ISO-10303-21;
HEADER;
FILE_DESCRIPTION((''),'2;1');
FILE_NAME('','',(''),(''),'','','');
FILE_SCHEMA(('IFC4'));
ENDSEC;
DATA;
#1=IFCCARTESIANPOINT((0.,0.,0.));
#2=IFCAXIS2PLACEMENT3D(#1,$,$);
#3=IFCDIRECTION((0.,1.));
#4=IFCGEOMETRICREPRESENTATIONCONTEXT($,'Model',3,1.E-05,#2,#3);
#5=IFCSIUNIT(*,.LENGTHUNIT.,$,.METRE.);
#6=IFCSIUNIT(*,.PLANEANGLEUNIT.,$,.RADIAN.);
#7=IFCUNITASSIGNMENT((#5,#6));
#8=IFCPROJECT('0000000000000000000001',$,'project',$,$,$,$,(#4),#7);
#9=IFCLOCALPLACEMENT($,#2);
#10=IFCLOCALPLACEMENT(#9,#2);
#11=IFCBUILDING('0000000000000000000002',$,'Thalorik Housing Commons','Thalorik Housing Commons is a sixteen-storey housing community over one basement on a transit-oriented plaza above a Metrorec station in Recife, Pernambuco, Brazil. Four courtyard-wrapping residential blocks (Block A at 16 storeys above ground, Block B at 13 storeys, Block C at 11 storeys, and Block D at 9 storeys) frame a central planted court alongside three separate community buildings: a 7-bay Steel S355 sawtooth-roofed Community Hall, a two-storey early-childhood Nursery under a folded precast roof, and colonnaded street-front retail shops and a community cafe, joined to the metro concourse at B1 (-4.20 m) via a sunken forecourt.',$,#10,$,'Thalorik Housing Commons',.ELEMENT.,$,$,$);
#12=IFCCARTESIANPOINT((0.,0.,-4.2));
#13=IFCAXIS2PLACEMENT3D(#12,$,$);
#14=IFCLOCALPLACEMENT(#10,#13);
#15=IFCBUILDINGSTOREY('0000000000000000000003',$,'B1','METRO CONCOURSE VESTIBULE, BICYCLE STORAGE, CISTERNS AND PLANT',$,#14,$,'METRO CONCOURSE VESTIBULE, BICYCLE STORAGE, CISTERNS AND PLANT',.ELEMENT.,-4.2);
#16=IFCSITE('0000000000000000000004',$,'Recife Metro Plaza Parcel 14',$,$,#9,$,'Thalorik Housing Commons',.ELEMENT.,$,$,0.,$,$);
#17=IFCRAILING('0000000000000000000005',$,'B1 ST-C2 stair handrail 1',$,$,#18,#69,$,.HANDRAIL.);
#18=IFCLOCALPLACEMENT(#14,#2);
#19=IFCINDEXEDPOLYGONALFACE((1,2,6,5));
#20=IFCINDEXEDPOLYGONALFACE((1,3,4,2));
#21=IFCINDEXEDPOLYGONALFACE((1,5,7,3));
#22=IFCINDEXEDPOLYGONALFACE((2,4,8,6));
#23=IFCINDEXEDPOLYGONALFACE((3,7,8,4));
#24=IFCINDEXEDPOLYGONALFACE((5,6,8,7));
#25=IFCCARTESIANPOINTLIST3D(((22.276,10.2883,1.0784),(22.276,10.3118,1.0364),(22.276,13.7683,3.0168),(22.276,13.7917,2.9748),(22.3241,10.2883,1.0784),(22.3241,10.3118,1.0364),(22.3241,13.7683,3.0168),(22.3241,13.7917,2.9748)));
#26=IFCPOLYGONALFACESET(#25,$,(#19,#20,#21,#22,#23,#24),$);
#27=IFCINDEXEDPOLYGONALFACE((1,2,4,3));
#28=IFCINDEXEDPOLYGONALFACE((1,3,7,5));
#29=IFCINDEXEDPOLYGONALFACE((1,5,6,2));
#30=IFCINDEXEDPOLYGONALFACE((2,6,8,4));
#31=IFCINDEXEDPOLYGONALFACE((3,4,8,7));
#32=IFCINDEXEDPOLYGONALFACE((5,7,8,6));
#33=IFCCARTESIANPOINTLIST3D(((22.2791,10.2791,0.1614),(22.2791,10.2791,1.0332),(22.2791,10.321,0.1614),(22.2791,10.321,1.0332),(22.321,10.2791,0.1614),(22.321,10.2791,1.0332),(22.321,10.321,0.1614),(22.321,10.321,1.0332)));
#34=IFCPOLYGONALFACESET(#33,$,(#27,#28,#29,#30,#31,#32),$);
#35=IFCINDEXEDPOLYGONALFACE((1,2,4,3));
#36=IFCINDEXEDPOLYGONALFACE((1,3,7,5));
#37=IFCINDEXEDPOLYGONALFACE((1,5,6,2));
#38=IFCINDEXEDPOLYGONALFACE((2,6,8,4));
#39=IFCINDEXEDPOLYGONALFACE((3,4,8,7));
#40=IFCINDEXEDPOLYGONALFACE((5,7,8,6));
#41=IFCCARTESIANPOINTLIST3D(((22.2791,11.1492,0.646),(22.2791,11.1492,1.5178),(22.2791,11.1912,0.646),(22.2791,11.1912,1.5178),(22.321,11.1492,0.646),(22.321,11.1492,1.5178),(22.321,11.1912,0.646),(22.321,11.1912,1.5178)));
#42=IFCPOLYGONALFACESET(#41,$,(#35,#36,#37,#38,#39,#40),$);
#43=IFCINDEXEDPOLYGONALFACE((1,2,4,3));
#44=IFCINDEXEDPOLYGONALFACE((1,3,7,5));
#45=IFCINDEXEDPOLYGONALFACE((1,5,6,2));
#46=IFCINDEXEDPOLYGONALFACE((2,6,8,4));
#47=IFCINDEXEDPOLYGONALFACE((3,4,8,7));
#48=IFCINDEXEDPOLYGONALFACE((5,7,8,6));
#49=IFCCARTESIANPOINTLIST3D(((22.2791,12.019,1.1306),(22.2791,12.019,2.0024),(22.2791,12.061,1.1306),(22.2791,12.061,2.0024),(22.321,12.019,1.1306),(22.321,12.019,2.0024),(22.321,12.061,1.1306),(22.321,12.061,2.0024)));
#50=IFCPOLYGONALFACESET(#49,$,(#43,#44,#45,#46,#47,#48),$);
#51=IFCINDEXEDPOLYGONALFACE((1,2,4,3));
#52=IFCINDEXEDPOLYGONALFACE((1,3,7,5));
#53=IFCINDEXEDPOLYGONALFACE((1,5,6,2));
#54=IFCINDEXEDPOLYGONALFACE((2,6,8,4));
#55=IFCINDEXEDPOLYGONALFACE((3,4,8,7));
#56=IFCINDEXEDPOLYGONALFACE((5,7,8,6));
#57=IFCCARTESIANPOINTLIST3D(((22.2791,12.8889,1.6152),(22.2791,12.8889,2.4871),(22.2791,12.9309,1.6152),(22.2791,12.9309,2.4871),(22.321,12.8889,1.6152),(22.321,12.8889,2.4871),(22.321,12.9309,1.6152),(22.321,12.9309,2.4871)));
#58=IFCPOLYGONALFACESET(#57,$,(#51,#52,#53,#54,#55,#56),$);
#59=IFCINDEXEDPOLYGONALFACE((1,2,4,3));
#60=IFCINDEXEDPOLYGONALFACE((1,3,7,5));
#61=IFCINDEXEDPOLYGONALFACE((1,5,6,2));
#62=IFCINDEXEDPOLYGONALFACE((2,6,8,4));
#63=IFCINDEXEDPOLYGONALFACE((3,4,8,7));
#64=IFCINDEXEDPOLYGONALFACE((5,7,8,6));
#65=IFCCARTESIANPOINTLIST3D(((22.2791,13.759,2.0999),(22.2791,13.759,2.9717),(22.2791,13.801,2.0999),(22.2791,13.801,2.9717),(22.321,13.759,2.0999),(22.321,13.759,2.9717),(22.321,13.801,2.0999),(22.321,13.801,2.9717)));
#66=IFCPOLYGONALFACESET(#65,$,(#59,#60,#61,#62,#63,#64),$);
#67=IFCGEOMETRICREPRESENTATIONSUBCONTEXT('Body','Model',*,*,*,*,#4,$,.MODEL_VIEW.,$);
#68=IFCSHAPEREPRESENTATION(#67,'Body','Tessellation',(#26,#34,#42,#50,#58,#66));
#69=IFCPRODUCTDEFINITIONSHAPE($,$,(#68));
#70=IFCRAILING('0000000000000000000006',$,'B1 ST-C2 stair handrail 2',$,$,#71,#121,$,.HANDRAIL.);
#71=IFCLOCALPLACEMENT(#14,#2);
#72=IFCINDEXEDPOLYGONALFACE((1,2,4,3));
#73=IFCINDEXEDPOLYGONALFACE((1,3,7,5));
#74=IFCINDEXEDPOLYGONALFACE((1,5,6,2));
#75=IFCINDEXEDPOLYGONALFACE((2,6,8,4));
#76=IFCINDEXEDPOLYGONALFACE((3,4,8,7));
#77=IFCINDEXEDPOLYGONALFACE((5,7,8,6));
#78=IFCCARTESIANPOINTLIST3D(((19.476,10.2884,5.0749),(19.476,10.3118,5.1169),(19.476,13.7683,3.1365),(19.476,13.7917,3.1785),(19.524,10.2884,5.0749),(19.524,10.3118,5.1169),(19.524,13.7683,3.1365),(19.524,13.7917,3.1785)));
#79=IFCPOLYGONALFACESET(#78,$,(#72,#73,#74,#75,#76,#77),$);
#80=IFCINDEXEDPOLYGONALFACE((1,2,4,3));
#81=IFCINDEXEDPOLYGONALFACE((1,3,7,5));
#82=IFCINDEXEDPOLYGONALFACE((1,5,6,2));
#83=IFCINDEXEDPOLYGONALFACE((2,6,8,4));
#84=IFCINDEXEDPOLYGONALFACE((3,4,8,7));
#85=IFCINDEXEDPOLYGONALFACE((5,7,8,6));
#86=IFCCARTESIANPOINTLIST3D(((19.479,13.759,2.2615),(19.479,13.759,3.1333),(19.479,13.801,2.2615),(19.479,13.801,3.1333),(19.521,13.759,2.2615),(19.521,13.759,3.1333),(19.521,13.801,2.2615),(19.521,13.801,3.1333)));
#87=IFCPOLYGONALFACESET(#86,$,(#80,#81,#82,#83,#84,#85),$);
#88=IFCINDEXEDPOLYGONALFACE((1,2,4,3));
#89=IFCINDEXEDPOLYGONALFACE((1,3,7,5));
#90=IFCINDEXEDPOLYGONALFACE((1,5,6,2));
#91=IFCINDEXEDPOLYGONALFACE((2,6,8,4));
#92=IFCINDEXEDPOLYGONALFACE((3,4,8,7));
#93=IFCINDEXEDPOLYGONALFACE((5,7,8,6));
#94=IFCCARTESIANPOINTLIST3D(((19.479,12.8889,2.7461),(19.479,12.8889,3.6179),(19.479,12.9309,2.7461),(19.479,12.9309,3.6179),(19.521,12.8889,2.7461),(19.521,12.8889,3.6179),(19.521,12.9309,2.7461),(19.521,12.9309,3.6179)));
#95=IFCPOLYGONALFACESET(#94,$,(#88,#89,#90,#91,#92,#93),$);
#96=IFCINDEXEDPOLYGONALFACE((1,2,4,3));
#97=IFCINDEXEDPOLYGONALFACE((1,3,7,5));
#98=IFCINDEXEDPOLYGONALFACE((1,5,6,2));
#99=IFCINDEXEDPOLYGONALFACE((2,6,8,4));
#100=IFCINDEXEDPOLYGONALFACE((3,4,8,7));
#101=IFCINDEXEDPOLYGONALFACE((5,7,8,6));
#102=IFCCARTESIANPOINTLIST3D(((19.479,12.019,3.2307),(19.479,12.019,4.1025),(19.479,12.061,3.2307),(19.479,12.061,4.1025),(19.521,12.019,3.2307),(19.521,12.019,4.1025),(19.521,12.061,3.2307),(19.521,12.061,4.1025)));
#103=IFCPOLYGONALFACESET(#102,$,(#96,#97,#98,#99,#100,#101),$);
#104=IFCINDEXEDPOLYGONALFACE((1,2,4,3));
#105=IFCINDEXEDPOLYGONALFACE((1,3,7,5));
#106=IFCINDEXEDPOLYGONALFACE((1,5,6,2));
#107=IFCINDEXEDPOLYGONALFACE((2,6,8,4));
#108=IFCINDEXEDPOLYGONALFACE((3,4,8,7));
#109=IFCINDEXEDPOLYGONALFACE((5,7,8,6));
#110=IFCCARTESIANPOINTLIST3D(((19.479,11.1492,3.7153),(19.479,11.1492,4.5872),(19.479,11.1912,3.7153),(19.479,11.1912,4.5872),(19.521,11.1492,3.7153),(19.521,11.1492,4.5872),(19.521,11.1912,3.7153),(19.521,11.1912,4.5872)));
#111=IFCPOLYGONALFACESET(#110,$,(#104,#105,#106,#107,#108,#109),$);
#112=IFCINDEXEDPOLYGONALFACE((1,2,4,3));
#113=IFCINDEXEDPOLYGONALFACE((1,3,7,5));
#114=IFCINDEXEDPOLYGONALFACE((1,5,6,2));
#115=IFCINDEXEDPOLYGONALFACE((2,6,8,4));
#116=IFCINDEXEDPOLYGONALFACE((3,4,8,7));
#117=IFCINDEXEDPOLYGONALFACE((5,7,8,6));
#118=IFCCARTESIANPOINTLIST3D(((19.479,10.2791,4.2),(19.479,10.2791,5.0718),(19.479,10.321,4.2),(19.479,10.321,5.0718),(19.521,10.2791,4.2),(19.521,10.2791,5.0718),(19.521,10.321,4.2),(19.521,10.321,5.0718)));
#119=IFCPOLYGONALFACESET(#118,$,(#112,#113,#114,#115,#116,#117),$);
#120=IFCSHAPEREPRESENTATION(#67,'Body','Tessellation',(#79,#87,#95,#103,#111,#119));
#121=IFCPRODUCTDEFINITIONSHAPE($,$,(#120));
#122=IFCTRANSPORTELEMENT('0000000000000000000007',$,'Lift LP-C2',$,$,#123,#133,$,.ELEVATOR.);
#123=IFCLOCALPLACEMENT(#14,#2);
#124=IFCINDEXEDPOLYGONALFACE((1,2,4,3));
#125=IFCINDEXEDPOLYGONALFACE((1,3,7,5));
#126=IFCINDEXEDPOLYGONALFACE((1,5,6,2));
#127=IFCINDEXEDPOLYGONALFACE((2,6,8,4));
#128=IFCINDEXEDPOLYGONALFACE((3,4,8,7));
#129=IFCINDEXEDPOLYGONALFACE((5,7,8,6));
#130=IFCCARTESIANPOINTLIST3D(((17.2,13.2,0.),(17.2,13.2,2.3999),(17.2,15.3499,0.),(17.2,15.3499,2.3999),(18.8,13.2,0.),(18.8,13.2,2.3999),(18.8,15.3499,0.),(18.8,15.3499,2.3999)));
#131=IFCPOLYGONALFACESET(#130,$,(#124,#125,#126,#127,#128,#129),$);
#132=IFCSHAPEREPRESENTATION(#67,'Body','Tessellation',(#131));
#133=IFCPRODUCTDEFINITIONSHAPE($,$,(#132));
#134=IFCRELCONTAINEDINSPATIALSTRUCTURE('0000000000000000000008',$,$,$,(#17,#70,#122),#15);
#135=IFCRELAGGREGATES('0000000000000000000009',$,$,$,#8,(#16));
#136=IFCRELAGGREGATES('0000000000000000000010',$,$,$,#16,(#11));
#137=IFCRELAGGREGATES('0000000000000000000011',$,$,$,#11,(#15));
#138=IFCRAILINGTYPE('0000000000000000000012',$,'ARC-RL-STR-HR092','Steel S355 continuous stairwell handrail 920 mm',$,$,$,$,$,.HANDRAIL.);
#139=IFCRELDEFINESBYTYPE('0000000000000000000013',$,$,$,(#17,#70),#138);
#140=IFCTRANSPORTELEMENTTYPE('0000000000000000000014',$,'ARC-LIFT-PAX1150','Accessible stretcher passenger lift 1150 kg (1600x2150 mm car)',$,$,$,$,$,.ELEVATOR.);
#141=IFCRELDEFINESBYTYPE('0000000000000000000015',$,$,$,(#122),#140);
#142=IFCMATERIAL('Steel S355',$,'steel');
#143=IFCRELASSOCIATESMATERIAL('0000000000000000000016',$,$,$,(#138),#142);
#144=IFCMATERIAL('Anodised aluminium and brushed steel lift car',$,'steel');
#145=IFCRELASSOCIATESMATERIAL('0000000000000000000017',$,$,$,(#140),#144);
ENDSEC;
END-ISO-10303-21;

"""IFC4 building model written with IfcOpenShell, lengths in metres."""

from ifc_helpers import new_model, si_unit, direction, frame, origin, origin_2d, place, context, subcontext, project, spatial, rectangle, extrude, material, type_object, element, save


model = new_model("IFC4")

# Units and contexts
model_context = context("Model", 3, precision=1e-05, world=origin(), true_north=direction((0.0, 1.0)))
body_context = subcontext(model_context, "Body", "Model", "MODEL_VIEW")
ifc_project = project(units=[si_unit("LENGTHUNIT", "METRE"), si_unit("PLANEANGLEUNIT", "RADIAN")], contexts=[model_context])

# Site, building, storey
site_placement = place(None, origin())
site = spatial("IfcSite", under=ifc_project, at=site_placement, Name="Recife Metro Plaza Parcel 14", LongName="Thalorik Housing Commons", CompositionType="ELEMENT", RefElevation=0.0)
building_placement = place(site_placement, origin())
building = spatial("IfcBuilding", under=site, at=building_placement, Name="Thalorik Housing Commons", Description="Thalorik Housing Commons is a sixteen-storey housing community over one basement on a transit-oriented plaza above a Metrorec station in Recife, Pernambuco, Brazil. Four courtyard-wrapping residential blocks (Block A at 16 storeys above ground, Block B at 13 storeys, Block C at 11 storeys, and Block D at 9 storeys) frame a central planted court alongside three separate community buildings: a 7-bay Steel S355 sawtooth-roofed Community Hall, a two-storey early-childhood Nursery under a folded precast roof, and colonnaded street-front retail shops and a community cafe, joined to the metro concourse at B1 (-4.20 m) via a sunken forecourt.", LongName="Thalorik Housing Commons", CompositionType="ELEMENT")
storey_placement = place(building_placement, frame((0.0, 0.0, -4.2)))
storey = spatial("IfcBuildingStorey", under=building, at=storey_placement, Name="B1", Description="METRO CONCOURSE VESTIBULE, BICYCLE STORAGE, CISTERNS AND PLANT", LongName="METRO CONCOURSE VESTIBULE, BICYCLE STORAGE, CISTERNS AND PLANT", CompositionType="ELEMENT", Elevation=-4.2)

# Shared definitions
ifc_material_1 = material(Name="Steel S355", Category="steel")

# Railings
railing_type_1 = type_object("IfcRailingType", Name="ARC-RL-STR-HR092", Description="Steel S355 continuous stairwell handrail 920 mm", PredefinedType="HANDRAIL", material=ifc_material_1)
railing_1_placement = place(storey_placement, frame((22.3, 10.3, 0.1614)))
element("IfcRailing", 1, at=railing_1_placement, inside=storey, type_object=railing_type_1, Name="B1 ST-C2 stair handrail 1", PredefinedType="HANDRAIL", context=body_context, shape_type="SweptSolid", body=[
    extrude(rectangle(XDim=0.0481, YDim=0.0481, at=origin_2d()), frame((0.0, 0.0, 0.896), z_axis=(0.0, 0.873607, 0.486631), x_axis=(-1.0, 0.0, 0.0)), (0.0, 0.0, 1.0), 3.9834),
    extrude(rectangle(XDim=0.042, YDim=0.042, at=origin_2d()), origin(), (0.0, 0.0, 1.0), 0.8718),
    extrude(rectangle(XDim=0.042, YDim=0.042, at=origin_2d()), frame((0.0, 0.8701, 0.4846)), (0.0, 0.0, 1.0), 0.8718),
    extrude(rectangle(XDim=0.042, YDim=0.042, at=origin_2d()), frame((0.0, 1.74, 0.9692)), (0.0, 0.0, 1.0), 0.8718),
    extrude(rectangle(XDim=0.042, YDim=0.042, at=origin_2d()), frame((0.0, 2.6099, 1.4539)), (0.0, 0.0, 1.0), 0.8718),
    extrude(rectangle(XDim=0.042, YDim=0.042, at=origin_2d()), frame((0.0, 3.48, 1.9385)), (0.0, 0.0, 1.0), 0.8718),
])
railing_2_placement = place(storey_placement, frame((19.5, 13.78, 2.2615)))
element("IfcRailing", 2, at=railing_2_placement, inside=storey, type_object=railing_type_1, Name="B1 ST-C2 stair handrail 2", PredefinedType="HANDRAIL", context=body_context, shape_type="SweptSolid", body=[
    extrude(rectangle(XDim=0.0481, YDim=0.0481, at=origin_2d()), frame((0.0, 0.0, 0.896), z_axis=(0.0, -0.873607, 0.486631), x_axis=(1.0, 0.0, 0.0)), (0.0, 0.0, 1.0), 3.9834),
    extrude(rectangle(XDim=0.042, YDim=0.042, at=origin_2d()), origin(), (0.0, 0.0, 1.0), 0.8718),
    extrude(rectangle(XDim=0.042, YDim=0.042, at=origin_2d()), frame((0.0, -0.8701, 0.4846)), (0.0, 0.0, 1.0), 0.8718),
    extrude(rectangle(XDim=0.042, YDim=0.042, at=origin_2d()), frame((0.0, -1.74, 0.9692)), (0.0, 0.0, 1.0), 0.8718),
    extrude(rectangle(XDim=0.042, YDim=0.042, at=origin_2d()), frame((0.0, -2.6099, 1.4539)), (0.0, 0.0, 1.0), 0.8718),
    extrude(rectangle(XDim=0.042, YDim=0.042, at=origin_2d()), frame((0.0, -3.48, 1.9385)), (0.0, 0.0, 1.0), 0.8718),
])

# Transport element
ifc_material_2 = material(Name="Anodised aluminium and brushed steel lift car", Category="steel")
transport_element_type = type_object("IfcTransportElementType", Name="ARC-LIFT-PAX1150", Description="Accessible stretcher passenger lift 1150 kg (1600x2150 mm car)", PredefinedType="ELEVATOR", material=ifc_material_2)
transport_element_placement = place(storey_placement, frame((18.0, 14.2749, 0.0), z_axis=(0.0, 0.0, 1.0), x_axis=(1.0, 0.0, 0.0)))
element("IfcTransportElement", 3, at=transport_element_placement, inside=storey, type_object=transport_element_type, Name="Lift LP-C2", PredefinedType="ELEVATOR", context=body_context, shape_type="SweptSolid", body=[
    extrude(rectangle(XDim=1.6001, YDim=2.1499, at=origin_2d()), origin(), (0.0, 0.0, 1.0), 2.3999),
])

save(model, "model.ifc")
